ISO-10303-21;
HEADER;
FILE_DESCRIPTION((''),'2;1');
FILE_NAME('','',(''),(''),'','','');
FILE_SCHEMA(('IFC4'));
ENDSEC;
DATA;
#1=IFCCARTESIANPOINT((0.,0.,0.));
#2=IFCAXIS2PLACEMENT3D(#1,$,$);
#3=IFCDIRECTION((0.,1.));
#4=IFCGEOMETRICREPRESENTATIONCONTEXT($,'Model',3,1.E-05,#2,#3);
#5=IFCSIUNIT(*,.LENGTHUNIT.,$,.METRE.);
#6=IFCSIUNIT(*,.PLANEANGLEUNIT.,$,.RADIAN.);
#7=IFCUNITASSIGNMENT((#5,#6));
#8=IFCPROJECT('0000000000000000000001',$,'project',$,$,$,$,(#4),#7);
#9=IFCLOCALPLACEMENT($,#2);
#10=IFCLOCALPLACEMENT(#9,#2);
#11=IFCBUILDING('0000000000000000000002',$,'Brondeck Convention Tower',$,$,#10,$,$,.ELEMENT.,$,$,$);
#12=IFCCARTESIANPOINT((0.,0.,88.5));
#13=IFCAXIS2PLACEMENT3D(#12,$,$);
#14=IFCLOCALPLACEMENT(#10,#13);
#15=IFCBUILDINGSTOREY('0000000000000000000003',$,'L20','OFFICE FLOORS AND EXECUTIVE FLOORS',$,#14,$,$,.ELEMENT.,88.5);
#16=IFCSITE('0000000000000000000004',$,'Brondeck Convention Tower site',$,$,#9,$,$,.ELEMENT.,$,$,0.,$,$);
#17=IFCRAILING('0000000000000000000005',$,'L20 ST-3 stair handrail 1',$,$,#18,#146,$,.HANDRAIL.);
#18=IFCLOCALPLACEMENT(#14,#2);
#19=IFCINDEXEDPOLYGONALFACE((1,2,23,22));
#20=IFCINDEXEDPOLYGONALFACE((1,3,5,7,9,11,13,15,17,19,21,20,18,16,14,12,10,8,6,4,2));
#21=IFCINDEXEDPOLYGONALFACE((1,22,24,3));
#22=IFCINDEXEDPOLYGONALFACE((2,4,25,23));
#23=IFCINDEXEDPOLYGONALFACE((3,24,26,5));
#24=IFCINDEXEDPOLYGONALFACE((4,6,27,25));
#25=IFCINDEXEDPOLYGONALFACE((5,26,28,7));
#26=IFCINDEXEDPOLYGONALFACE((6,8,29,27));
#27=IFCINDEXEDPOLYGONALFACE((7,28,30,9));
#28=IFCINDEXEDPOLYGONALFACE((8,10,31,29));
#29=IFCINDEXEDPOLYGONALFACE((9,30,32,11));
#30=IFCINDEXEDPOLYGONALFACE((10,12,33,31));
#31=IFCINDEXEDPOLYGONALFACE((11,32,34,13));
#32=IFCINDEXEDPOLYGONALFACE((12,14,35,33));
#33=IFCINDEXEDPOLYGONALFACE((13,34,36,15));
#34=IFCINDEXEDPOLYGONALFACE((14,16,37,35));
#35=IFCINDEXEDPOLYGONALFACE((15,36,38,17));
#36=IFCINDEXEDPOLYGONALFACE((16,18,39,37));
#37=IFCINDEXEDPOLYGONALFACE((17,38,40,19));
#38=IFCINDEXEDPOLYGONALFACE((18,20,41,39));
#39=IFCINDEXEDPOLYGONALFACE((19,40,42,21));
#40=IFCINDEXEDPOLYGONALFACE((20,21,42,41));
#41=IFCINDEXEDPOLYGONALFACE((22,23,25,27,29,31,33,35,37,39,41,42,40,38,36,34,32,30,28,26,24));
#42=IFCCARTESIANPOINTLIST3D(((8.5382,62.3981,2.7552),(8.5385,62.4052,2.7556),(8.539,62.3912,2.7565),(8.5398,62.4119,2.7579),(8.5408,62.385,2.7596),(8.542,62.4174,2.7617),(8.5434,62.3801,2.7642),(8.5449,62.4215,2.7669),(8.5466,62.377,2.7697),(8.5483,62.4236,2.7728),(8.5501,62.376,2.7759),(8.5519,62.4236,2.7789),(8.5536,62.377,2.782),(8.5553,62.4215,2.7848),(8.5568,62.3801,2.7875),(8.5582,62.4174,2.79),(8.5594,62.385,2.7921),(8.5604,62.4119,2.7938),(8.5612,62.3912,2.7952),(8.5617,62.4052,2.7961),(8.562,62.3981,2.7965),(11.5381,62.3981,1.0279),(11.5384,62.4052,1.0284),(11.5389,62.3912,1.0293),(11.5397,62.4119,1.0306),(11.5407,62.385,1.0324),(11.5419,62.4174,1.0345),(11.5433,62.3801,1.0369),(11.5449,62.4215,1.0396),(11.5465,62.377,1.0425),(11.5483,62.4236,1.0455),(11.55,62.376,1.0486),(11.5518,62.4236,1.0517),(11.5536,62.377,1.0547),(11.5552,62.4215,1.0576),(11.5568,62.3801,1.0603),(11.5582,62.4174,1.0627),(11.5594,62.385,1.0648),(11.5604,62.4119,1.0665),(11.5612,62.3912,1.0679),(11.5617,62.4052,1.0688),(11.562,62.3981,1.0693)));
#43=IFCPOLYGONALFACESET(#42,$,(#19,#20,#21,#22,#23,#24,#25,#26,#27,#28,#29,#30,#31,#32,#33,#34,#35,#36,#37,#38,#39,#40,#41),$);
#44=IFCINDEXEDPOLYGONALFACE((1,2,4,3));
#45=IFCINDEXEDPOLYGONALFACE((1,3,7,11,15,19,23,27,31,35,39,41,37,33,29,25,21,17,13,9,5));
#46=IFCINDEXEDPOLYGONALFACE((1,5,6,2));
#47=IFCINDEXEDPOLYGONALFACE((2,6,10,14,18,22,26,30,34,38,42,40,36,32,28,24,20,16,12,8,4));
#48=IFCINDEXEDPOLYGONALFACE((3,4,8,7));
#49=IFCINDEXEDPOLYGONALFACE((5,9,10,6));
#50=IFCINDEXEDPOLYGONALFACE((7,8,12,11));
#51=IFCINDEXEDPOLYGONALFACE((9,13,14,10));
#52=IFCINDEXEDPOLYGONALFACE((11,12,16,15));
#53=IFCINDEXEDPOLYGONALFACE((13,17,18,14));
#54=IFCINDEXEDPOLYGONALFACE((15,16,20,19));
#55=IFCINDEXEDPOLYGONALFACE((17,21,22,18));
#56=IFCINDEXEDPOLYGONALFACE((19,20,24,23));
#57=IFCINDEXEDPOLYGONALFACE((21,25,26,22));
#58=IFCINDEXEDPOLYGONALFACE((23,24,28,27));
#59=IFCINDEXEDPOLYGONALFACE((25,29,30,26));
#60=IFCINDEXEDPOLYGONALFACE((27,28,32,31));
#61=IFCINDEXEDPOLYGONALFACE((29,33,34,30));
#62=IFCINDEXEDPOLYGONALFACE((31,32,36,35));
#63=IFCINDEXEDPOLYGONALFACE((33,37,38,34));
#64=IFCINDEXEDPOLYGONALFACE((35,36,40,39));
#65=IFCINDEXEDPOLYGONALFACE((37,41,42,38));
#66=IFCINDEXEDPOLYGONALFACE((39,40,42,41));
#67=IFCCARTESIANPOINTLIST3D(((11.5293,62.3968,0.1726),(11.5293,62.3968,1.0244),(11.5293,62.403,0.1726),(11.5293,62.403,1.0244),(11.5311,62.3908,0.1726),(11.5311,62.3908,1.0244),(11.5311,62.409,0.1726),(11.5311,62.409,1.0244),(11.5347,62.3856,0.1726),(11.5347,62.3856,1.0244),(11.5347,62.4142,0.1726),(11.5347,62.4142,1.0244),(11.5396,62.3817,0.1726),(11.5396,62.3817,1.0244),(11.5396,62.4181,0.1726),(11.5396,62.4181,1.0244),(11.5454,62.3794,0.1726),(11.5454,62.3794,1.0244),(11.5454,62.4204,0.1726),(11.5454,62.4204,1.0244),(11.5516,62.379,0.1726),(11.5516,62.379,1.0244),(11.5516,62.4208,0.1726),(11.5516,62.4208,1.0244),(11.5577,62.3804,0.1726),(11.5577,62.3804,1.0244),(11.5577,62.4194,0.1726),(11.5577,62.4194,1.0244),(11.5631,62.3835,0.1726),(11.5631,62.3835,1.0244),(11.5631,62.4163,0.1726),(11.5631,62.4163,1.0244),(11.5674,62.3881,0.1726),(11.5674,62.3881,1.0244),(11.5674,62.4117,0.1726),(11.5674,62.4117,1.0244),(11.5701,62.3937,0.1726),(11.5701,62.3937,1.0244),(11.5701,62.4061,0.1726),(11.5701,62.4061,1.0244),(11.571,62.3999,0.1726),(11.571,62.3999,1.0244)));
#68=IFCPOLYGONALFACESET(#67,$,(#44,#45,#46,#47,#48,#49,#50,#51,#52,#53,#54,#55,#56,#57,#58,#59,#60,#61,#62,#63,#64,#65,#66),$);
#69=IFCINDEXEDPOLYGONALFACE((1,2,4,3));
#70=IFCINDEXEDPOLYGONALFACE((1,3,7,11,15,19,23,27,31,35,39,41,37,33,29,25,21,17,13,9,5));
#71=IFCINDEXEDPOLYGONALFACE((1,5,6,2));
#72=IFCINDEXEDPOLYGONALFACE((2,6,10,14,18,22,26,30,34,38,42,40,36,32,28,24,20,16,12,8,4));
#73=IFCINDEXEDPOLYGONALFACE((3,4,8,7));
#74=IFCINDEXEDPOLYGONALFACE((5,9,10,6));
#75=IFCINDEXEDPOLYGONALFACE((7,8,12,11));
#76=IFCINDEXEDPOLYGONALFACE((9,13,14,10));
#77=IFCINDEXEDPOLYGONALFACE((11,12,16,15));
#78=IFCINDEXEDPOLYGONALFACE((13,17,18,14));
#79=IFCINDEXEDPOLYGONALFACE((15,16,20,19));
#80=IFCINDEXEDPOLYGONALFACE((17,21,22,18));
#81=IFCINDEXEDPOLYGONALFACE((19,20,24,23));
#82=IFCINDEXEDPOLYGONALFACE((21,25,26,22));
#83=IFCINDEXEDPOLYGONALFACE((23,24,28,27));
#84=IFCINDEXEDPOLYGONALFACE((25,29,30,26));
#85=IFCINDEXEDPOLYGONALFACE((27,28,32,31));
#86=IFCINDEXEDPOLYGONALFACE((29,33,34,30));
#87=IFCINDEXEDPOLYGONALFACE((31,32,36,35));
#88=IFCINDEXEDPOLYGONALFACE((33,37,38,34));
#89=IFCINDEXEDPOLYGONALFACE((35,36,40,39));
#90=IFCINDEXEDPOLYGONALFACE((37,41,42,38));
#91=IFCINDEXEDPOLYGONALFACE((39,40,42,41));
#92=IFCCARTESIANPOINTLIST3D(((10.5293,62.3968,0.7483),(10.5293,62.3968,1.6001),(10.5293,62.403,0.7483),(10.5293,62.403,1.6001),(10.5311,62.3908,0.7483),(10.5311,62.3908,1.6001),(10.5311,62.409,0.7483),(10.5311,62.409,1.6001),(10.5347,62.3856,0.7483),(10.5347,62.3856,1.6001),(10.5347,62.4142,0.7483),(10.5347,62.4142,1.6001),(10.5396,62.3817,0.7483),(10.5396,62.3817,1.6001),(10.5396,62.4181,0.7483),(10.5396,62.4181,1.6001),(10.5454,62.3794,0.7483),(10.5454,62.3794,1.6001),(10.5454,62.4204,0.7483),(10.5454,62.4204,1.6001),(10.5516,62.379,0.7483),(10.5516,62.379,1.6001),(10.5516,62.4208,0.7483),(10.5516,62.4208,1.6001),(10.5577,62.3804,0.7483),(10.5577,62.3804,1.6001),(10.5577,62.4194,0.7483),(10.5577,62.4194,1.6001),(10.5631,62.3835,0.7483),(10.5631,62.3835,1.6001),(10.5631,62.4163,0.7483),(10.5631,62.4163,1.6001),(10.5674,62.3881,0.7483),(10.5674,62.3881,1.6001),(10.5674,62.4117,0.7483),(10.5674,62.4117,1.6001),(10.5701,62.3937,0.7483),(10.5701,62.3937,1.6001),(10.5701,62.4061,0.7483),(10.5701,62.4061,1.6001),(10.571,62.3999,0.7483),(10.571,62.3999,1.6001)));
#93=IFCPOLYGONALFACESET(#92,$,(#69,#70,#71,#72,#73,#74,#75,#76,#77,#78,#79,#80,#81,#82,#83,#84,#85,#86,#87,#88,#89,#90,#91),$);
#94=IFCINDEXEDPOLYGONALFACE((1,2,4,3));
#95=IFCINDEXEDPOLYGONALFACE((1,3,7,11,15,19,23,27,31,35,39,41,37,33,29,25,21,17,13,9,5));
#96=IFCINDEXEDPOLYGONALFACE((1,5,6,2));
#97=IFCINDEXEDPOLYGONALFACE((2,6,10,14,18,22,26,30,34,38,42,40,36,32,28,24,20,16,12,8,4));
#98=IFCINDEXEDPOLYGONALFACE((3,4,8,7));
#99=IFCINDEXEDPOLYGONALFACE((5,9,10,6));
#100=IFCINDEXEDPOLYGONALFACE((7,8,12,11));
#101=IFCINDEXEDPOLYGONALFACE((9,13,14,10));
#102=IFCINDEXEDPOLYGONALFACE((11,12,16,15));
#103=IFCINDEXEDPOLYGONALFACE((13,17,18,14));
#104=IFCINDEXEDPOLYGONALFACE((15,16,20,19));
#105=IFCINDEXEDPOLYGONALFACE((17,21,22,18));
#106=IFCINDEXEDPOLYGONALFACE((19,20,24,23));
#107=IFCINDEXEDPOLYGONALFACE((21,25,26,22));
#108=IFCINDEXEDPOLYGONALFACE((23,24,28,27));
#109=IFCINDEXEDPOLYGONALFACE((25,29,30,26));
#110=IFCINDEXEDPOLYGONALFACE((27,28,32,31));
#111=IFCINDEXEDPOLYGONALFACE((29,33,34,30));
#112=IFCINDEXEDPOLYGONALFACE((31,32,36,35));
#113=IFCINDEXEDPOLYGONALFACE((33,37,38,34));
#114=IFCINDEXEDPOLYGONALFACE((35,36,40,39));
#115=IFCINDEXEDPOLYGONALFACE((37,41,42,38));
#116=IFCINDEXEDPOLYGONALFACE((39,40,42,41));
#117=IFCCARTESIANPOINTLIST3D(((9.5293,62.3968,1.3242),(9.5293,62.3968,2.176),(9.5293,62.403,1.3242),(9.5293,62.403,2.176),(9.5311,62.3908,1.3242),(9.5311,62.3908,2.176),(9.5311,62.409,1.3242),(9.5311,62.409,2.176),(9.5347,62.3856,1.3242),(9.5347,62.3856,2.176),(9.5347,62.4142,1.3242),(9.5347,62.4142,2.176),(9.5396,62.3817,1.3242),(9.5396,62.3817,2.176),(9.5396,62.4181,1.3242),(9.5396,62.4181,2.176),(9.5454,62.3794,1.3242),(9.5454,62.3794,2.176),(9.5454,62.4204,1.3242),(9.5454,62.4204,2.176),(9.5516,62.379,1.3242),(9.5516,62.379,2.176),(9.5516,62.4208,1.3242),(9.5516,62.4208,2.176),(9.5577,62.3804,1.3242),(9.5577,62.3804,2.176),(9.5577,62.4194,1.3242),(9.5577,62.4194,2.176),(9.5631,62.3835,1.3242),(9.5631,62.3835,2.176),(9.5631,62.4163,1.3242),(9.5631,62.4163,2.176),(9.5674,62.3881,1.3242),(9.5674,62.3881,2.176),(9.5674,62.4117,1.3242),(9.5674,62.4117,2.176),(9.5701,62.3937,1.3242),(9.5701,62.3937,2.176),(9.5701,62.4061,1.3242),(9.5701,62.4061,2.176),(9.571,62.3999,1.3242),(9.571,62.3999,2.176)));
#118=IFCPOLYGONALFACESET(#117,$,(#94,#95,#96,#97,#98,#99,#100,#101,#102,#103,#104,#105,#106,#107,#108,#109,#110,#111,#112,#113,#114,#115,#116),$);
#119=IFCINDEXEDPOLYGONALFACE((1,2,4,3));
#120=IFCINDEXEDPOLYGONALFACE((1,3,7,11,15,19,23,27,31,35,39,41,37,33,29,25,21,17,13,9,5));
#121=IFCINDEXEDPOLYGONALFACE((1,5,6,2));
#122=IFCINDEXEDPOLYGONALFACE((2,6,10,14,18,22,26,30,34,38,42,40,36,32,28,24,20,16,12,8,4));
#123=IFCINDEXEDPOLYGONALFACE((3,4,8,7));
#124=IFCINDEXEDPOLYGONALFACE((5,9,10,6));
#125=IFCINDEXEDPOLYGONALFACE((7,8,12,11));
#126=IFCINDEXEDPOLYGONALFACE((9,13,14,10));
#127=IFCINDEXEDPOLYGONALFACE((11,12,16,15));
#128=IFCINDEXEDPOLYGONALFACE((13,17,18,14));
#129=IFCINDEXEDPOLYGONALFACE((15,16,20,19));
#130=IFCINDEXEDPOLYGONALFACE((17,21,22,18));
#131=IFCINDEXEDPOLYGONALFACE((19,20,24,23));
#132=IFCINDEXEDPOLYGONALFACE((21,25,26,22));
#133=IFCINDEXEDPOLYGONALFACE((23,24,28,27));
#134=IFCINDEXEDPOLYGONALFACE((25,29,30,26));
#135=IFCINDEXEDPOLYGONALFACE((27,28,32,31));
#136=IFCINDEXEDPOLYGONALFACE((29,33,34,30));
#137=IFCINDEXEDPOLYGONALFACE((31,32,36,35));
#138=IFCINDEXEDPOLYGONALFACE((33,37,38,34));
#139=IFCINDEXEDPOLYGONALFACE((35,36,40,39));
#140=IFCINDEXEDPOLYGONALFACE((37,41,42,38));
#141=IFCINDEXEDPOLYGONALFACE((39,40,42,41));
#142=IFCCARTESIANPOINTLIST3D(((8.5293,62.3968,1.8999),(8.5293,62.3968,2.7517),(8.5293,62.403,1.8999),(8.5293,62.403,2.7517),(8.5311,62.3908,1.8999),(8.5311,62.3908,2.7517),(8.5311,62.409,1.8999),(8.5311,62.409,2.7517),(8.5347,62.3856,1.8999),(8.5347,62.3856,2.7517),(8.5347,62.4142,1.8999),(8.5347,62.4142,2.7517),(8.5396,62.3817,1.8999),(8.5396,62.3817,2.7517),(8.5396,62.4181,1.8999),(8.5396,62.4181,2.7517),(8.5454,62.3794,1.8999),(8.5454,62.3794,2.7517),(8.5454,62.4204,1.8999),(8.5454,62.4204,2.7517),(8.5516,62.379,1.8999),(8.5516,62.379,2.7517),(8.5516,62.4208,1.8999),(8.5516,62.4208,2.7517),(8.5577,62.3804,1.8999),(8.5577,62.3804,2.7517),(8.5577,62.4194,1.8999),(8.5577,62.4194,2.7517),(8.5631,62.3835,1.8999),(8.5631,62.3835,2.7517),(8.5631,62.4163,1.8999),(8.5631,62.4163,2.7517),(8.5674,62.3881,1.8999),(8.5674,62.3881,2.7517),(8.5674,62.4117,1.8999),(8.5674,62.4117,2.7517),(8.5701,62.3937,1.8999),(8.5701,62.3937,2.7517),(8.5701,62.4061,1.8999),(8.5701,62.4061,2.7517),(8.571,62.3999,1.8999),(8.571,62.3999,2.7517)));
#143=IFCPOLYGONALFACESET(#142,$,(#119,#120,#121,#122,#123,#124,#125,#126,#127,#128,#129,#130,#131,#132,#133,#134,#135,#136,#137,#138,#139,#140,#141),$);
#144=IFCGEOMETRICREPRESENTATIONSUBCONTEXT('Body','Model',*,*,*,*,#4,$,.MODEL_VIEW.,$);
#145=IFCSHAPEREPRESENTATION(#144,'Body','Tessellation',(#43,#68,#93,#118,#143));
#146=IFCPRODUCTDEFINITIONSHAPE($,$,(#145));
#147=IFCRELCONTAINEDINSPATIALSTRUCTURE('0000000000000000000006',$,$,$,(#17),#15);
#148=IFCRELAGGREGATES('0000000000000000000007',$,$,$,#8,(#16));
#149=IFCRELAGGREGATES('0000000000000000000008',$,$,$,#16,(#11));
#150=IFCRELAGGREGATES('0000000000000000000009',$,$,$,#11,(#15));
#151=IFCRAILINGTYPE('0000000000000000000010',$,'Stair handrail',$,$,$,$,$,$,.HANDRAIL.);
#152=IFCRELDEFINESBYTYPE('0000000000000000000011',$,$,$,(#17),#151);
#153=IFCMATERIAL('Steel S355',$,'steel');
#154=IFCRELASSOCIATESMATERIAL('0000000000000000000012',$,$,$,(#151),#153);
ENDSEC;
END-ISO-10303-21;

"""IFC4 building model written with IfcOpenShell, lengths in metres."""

from ifc_helpers import new_model, si_unit, direction, frame, origin, origin_2d, place, context, subcontext, project, spatial, circle, extrude, material, type_object, element, save


model = new_model("IFC4")

# Units and contexts
model_context = context("Model", 3, precision=1e-05, world=origin(), true_north=direction((0.0, 1.0)))
body_context = subcontext(model_context, "Body", "Model", "MODEL_VIEW")
ifc_project = project(units=[si_unit("LENGTHUNIT", "METRE"), si_unit("PLANEANGLEUNIT", "RADIAN")], contexts=[model_context])

# Site, building, storey
site_placement = place(None, origin())
site = spatial("IfcSite", under=ifc_project, at=site_placement, Name="Brondeck Convention Tower site", CompositionType="ELEMENT", RefElevation=0.0)
building_placement = place(site_placement, origin())
building = spatial("IfcBuilding", under=site, at=building_placement, Name="Brondeck Convention Tower", CompositionType="ELEMENT")
storey_placement = place(building_placement, frame((0.0, 0.0, 88.5)))
storey = spatial("IfcBuildingStorey", under=building, at=storey_placement, Name="L20", Description="OFFICE FLOORS AND EXECUTIVE FLOORS", CompositionType="ELEMENT", Elevation=88.5)

# Railing
ifc_material_1 = material(Name="Steel S355", Category="steel")
railing_type_1 = type_object("IfcRailingType", Name="Stair handrail", PredefinedType="HANDRAIL", material=ifc_material_1)
railing_1_placement = place(storey_placement, frame((11.55, 62.3999, 0.1726)))
element("IfcRailing", 1, at=railing_1_placement, inside=storey, type_object=railing_type_1, Name="L20 ST-3 stair handrail 1", PredefinedType="HANDRAIL", context=body_context, shape_type="SweptSolid", body=[
    extrude(circle(Radius=0.0239, at=origin_2d()), frame((0.0, 0.0, 0.876), z_axis=(-0.86662, 0.0, 0.498969), x_axis=(0.0, -1.0, 0.0)), (0.0, 0.0, 1.0), 3.4617),
    extrude(circle(Radius=0.021, at=origin_2d()), origin(), (0.0, 0.0, 1.0), 0.8518),
    extrude(circle(Radius=0.021, at=origin_2d()), frame((-1.0, 0.0, 0.5757)), (0.0, 0.0, 1.0), 0.8518),
    extrude(circle(Radius=0.021, at=origin_2d()), frame((-2.0, 0.0, 1.1516)), (0.0, 0.0, 1.0), 0.8518),
    extrude(circle(Radius=0.021, at=origin_2d()), frame((-3.0, 0.0, 1.7273)), (0.0, 0.0, 1.0), 0.8518),
])

save(model, "model.ifc")
